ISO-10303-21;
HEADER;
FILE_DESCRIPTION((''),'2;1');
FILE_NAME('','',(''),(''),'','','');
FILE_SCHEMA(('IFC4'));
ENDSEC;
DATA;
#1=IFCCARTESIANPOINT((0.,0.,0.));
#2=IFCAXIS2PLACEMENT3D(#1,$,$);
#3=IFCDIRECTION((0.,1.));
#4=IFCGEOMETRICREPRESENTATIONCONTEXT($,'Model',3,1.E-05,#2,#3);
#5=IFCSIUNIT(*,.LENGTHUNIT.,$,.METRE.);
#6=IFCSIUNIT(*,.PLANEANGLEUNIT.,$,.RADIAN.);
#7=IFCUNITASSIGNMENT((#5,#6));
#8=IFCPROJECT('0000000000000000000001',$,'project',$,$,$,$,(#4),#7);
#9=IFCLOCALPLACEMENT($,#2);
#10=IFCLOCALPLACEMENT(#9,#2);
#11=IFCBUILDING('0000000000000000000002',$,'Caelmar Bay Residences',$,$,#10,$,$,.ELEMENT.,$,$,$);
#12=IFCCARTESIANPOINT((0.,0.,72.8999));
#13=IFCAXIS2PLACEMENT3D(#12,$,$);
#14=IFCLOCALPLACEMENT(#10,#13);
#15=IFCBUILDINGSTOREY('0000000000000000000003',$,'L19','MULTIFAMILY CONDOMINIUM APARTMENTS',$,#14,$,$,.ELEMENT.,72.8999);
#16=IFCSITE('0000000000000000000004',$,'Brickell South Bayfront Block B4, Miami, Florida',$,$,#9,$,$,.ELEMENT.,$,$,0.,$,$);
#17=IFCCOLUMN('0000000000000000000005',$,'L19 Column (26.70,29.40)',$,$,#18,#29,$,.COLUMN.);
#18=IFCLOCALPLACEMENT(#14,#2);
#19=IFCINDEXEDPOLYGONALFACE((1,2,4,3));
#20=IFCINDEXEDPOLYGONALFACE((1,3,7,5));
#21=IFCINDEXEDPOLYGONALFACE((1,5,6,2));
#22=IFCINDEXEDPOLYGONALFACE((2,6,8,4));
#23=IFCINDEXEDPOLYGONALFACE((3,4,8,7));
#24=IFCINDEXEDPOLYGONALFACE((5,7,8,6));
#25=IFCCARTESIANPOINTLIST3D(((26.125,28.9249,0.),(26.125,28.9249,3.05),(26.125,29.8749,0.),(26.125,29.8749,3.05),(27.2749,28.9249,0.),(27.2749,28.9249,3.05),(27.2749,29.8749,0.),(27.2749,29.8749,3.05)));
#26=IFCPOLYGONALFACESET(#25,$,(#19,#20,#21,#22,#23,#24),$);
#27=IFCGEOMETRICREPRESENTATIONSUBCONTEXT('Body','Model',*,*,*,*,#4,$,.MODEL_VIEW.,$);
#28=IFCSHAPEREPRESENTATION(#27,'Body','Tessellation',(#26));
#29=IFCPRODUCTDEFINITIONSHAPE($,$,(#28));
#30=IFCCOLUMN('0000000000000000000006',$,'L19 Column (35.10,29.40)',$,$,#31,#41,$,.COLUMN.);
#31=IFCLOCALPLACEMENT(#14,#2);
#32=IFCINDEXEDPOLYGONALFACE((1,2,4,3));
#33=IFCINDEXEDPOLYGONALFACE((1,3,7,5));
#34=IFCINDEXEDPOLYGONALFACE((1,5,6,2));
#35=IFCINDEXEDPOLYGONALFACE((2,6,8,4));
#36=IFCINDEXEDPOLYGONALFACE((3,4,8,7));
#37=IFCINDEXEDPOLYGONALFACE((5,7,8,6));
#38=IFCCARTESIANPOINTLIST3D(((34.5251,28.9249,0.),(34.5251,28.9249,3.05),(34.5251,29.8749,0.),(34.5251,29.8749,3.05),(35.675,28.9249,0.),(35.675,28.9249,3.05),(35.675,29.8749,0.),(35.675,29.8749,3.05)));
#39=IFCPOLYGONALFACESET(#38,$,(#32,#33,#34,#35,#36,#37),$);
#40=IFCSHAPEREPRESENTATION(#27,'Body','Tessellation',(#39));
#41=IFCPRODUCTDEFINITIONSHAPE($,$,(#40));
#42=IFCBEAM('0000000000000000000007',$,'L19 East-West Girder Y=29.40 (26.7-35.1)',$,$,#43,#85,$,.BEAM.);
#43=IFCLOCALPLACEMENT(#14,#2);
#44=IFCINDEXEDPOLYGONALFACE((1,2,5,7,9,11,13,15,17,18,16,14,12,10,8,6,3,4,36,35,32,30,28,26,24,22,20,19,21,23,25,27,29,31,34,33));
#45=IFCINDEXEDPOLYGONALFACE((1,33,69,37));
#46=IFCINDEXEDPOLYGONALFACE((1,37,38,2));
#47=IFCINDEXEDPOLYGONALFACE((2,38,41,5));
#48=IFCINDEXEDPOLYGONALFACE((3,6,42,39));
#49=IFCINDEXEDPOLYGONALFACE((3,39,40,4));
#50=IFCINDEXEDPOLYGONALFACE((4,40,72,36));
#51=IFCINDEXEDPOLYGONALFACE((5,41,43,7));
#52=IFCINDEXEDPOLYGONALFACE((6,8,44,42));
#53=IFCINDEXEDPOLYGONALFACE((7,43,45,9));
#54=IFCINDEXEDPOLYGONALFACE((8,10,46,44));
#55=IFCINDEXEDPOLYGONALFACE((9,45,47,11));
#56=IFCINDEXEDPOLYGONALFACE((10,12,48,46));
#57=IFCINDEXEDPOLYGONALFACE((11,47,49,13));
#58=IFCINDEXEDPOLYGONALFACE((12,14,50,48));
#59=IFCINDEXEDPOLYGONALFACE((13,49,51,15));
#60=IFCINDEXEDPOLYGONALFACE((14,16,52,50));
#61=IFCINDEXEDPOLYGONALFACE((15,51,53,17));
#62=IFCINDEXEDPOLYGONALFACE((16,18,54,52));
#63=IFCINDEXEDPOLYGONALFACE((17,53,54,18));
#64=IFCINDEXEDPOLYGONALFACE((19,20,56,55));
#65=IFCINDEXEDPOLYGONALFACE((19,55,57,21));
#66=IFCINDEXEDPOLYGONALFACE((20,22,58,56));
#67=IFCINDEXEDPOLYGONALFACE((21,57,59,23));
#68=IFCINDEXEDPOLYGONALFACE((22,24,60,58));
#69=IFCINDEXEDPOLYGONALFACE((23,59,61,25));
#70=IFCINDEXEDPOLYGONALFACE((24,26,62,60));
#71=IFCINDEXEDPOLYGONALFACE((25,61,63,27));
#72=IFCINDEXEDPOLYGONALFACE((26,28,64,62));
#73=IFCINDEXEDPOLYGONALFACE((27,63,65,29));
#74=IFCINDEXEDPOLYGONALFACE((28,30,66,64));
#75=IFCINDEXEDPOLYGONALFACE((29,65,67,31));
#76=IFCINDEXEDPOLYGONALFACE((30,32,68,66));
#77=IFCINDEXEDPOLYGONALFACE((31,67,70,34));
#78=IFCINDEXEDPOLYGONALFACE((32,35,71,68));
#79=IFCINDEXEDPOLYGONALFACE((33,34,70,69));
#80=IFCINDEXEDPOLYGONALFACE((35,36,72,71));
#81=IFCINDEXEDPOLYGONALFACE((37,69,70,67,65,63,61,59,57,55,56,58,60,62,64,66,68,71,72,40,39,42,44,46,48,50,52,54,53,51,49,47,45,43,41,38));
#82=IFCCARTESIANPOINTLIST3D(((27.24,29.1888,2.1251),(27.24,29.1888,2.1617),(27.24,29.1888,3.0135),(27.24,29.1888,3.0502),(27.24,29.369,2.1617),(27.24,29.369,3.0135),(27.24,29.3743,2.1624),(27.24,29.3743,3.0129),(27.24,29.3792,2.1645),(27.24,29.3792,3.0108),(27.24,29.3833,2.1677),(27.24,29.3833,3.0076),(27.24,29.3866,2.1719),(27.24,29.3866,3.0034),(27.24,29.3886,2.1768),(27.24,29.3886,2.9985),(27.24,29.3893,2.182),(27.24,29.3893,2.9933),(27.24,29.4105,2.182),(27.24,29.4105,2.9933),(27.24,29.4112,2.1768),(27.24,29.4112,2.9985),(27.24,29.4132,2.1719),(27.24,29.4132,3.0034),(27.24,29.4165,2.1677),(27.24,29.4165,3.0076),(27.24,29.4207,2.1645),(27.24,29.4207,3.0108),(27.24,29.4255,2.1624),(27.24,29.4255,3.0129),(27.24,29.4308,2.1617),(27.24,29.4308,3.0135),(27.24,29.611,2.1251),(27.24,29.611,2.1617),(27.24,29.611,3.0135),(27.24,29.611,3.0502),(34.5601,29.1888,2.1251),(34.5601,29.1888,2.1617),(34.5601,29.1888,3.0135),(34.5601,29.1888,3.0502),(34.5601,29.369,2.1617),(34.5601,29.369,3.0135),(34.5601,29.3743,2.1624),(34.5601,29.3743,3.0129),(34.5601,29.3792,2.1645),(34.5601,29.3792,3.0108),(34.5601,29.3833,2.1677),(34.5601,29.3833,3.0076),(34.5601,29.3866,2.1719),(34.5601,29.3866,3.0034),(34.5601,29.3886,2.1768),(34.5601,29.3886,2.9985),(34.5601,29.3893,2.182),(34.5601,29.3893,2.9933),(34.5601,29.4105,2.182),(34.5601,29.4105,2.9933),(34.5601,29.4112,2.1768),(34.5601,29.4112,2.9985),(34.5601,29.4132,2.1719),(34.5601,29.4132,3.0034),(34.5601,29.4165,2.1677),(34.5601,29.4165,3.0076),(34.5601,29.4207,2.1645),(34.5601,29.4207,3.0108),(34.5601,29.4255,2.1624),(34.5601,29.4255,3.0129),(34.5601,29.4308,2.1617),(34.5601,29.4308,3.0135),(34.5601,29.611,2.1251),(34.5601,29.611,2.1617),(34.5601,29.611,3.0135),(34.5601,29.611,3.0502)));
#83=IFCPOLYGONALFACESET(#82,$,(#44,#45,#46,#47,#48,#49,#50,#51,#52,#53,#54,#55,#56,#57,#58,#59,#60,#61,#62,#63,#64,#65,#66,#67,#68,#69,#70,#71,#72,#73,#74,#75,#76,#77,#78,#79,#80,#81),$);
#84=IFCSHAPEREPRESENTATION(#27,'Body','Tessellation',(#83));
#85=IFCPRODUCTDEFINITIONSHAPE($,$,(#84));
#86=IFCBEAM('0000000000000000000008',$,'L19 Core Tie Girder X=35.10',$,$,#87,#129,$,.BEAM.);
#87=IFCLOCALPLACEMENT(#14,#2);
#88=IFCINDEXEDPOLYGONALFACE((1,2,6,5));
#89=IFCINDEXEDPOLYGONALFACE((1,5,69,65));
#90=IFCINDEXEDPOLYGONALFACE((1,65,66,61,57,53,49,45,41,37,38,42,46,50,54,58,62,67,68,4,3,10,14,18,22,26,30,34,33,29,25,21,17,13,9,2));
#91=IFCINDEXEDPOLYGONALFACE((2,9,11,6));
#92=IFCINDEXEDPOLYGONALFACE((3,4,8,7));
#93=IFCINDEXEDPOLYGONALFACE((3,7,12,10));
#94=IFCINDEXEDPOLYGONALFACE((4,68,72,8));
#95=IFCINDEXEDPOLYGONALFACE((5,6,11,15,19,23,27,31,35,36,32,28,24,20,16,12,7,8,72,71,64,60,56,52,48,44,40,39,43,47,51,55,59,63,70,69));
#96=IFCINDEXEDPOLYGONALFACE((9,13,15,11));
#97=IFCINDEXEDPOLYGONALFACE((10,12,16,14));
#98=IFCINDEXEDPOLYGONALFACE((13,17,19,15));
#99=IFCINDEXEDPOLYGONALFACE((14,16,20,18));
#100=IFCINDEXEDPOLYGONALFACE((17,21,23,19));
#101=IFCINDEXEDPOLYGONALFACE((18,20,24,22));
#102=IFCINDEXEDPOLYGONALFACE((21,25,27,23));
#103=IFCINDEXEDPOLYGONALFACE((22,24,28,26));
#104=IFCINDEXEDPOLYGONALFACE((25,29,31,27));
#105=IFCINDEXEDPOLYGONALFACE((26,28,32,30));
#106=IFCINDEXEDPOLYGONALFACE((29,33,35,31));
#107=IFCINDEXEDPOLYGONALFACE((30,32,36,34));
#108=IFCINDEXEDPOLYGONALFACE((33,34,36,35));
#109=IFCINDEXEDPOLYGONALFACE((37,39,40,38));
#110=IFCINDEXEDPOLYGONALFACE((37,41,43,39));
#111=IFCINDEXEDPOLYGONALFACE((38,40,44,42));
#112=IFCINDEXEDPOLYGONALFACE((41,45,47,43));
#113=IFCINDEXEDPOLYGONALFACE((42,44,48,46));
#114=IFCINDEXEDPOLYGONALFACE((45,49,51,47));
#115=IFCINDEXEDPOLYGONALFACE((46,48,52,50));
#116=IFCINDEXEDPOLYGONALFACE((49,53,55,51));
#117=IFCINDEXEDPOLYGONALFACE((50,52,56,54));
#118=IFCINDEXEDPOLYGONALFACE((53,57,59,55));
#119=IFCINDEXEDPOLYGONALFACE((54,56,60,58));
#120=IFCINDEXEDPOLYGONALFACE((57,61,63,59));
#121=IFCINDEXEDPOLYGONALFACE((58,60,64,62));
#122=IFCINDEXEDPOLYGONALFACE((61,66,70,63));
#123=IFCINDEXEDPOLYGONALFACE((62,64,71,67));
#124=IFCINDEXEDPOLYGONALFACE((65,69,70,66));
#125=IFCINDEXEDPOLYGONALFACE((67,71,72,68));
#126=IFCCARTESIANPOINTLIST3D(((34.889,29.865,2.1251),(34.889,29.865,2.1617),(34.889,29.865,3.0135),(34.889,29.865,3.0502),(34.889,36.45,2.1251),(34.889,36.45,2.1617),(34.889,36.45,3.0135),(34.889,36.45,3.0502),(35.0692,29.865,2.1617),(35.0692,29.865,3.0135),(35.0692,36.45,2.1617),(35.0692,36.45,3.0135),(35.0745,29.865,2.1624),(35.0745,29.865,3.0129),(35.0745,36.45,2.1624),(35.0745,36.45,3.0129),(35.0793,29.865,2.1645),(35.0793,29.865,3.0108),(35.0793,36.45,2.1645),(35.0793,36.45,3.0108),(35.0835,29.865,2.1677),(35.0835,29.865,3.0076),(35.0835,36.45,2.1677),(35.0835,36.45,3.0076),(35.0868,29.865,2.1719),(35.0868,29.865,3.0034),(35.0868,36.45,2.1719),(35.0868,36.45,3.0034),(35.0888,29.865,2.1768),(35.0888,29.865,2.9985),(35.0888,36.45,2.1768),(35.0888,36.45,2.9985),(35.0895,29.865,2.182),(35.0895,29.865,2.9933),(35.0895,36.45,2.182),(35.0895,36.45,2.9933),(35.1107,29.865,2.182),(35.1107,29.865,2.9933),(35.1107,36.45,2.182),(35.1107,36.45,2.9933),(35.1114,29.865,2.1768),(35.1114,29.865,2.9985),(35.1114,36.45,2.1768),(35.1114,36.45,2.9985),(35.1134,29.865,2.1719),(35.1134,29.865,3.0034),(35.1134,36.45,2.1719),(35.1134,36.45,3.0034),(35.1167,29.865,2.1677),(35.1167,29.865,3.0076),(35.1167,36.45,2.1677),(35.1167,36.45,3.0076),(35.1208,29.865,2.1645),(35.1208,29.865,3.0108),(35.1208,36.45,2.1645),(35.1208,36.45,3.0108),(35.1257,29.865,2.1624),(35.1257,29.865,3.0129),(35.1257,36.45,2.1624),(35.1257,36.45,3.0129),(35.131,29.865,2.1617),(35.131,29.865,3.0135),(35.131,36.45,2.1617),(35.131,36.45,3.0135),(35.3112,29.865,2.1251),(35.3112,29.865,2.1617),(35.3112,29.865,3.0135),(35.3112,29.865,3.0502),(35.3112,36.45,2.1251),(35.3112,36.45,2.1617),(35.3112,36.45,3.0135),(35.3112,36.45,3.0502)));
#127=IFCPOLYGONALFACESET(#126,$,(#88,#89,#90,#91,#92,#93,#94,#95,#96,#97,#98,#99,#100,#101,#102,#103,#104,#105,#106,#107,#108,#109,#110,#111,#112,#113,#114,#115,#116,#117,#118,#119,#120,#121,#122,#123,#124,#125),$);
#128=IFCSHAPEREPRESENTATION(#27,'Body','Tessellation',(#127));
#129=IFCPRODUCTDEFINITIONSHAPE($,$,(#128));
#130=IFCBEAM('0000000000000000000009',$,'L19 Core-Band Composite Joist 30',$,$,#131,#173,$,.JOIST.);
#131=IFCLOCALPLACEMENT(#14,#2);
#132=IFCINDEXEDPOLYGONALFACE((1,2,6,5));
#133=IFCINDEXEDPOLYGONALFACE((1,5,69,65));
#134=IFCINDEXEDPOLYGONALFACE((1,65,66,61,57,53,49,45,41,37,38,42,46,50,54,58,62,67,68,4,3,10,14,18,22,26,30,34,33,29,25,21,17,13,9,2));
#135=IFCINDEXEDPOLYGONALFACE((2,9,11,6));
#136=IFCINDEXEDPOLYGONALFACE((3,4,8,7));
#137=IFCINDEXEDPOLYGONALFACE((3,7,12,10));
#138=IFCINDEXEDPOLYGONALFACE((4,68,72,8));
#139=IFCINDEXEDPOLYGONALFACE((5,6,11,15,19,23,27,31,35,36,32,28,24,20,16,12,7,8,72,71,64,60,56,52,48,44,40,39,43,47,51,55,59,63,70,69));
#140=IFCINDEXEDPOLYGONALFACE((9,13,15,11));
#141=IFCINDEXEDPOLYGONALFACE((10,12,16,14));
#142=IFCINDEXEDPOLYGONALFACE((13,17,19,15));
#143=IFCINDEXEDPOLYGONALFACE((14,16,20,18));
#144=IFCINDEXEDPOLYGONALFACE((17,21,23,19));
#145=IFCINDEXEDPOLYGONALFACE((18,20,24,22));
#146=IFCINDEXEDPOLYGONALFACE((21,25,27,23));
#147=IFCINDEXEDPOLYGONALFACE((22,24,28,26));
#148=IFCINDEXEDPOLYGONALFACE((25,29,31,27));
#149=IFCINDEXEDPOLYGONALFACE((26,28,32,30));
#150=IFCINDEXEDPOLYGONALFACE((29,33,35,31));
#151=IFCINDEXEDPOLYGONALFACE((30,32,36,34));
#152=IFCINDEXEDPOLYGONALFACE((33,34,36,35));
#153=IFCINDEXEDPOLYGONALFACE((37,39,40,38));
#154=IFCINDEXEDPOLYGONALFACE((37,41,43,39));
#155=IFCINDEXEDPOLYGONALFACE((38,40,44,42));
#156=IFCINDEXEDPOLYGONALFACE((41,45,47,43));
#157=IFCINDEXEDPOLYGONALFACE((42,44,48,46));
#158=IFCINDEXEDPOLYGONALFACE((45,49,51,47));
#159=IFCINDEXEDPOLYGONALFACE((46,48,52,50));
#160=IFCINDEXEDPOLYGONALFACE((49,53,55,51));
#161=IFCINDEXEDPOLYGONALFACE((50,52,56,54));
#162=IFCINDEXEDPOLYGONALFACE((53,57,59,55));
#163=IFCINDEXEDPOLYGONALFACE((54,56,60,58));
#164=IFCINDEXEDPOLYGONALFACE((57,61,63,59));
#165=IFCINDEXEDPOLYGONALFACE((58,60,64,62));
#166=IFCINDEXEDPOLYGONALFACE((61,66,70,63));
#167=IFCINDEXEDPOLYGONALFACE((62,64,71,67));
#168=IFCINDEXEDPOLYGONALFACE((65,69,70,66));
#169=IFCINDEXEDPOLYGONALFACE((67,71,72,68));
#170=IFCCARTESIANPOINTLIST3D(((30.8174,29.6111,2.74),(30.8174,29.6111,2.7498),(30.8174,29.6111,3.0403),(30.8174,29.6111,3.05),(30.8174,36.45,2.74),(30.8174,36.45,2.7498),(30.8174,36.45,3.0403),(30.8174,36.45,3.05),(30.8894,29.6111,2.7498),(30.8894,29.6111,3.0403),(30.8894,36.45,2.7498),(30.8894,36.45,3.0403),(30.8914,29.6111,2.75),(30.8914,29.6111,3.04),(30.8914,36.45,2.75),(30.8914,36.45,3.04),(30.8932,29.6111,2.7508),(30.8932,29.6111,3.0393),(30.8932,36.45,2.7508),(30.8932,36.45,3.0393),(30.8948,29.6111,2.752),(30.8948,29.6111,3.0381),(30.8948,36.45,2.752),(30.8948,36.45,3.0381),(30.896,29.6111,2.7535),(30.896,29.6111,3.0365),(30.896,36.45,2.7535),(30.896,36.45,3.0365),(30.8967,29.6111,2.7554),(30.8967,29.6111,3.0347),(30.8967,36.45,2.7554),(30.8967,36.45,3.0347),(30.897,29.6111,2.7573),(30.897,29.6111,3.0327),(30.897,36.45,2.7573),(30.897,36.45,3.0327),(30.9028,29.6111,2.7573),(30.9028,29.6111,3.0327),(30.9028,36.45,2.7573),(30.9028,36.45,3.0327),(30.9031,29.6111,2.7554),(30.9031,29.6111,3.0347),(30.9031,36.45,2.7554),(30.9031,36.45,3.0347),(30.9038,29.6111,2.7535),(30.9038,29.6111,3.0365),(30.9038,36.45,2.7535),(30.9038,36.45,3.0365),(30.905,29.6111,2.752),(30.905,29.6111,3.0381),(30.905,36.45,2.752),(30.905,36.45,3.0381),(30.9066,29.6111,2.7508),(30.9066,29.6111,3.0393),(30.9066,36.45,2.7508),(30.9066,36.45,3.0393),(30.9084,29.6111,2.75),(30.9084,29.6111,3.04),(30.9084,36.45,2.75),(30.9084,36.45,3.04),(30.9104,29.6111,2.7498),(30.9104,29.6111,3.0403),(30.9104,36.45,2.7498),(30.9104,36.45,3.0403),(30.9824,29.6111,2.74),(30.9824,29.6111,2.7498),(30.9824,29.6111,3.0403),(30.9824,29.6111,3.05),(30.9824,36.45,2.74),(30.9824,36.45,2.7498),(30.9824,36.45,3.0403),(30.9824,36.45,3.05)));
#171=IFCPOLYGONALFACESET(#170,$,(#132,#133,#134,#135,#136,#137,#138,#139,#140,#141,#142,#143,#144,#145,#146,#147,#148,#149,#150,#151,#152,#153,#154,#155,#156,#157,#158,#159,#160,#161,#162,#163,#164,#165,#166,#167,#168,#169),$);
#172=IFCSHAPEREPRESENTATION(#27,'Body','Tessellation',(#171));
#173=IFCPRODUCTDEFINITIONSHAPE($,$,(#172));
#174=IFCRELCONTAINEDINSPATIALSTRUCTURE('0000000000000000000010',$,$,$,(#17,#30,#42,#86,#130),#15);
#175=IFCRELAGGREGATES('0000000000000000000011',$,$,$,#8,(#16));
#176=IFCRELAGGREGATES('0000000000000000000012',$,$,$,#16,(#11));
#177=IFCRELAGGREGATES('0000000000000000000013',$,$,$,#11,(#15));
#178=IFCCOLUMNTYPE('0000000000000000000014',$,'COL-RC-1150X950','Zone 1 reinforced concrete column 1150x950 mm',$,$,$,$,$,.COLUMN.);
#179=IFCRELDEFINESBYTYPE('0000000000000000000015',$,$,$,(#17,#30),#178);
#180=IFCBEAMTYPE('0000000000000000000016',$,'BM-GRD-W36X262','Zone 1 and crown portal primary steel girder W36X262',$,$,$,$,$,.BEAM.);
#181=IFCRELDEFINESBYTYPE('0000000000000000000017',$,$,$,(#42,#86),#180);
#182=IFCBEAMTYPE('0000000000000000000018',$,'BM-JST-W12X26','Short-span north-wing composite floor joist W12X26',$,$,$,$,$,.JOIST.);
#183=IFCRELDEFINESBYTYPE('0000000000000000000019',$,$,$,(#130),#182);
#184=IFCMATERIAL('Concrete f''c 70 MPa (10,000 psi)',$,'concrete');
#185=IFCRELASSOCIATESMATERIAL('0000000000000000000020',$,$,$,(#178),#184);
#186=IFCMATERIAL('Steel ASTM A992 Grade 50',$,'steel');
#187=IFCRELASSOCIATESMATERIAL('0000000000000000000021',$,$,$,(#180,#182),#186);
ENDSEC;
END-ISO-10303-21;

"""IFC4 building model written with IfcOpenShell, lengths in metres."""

from ifc_helpers import new_model, si_unit, direction, frame, origin, origin_2d, place, context, subcontext, project, spatial, rectangle, i_section, extrude, material, material_profile, profile_set, type_object, element, save


model = new_model("IFC4")

# Units and contexts
model_context = context("Model", 3, precision=1e-05, world=origin(), true_north=direction((0.0, 1.0)))
body_context = subcontext(model_context, "Body", "Model", "MODEL_VIEW")
ifc_project = project(units=[si_unit("LENGTHUNIT", "METRE"), si_unit("PLANEANGLEUNIT", "RADIAN")], contexts=[model_context])

# Site, building, storey
site_placement = place(None, origin())
site = spatial("IfcSite", under=ifc_project, at=site_placement, Name="Brickell South Bayfront Block B4, Miami, Florida", CompositionType="ELEMENT", RefElevation=0.0)
building_placement = place(site_placement, origin())
building = spatial("IfcBuilding", under=site, at=building_placement, Name="Caelmar Bay Residences", CompositionType="ELEMENT")
storey_placement = place(building_placement, frame((0.0, 0.0, 72.8999)))
storey = spatial("IfcBuildingStorey", under=building, at=storey_placement, Name="L19", Description="MULTIFAMILY CONDOMINIUM APARTMENTS", CompositionType="ELEMENT", Elevation=72.8999)

# Columns
ifc_material_1 = material(Name="Concrete f'c 70 MPa (10,000 psi)", Category="concrete")
ifc_material_profile_1 = material_profile(ifc_material_1, rectangle(XDim=1.1499, YDim=0.95, at=origin_2d()), Name="RC-COL-1150X950")
ifc_profile_set_1 = profile_set([ifc_material_profile_1], Name="Concrete f'c 70 MPa (10,000 psi)")
column_type = type_object("IfcColumnType", Name="COL-RC-1150X950", Description="Zone 1 reinforced concrete column 1150x950 mm", PredefinedType="COLUMN", material=ifc_profile_set_1)
for number, where, z_axis, x_axis, name in (
    (1, (26.7, 29.3999, 0.0), (0.0, 0.0, 1.0), (1.0, 0.0, 0.0), "L19 Column (26.70,29.40)"),
    (2, (35.1001, 29.3999, 0.0), (0.0, 0.0, 1.0), (1.0, 0.0, 0.0), "L19 Column (35.10,29.40)"),
):
    element("IfcColumn", number, at=place(storey_placement, frame(where, z_axis=z_axis, x_axis=x_axis)), inside=storey, type_object=column_type, Name=name, PredefinedType="COLUMN", context=body_context, shape_type="SweptSolid", body=[
        extrude(rectangle(XDim=1.1499, YDim=0.95, at=origin_2d()), origin(), (0.0, 0.0, 1.0), 3.05),
    ])

# Beams
ifc_material_2 = material(Name="Steel ASTM A992 Grade 50", Category="steel")
ifc_material_profile_2 = material_profile(ifc_material_2, i_section(OverallWidth=0.4221, OverallDepth=0.925, WebThickness=0.0212, FlangeThickness=0.0366, FilletRadius=0.0203, at=origin_2d()), Name="W36X262")
ifc_profile_set_2 = profile_set([ifc_material_profile_2], Name="Steel ASTM A992 Grade 50")
beam_type_1 = type_object("IfcBeamType", Name="BM-GRD-W36X262", Description="Zone 1 and crown portal primary steel girder W36X262", PredefinedType="BEAM", material=ifc_profile_set_2)
beam_1_placement = place(storey_placement, frame((27.24, 29.3999, 2.5876), z_axis=(1.0, 0.0, 0.0), x_axis=(0.0, 1.0, 0.0)))
element("IfcBeam", 3, at=beam_1_placement, inside=storey, type_object=beam_type_1, Name="L19 East-West Girder Y=29.40 (26.7-35.1)", PredefinedType="BEAM", context=body_context, shape_type="SweptSolid", body=[
    extrude(i_section(OverallWidth=0.4221, OverallDepth=0.925, WebThickness=0.0212, FlangeThickness=0.0366, FilletRadius=0.0203, at=origin_2d()), origin(), (0.0, 0.0, 1.0), 7.3201),
])
beam_2_placement = place(storey_placement, frame((35.1001, 29.865, 2.5876), z_axis=(0.0, 1.0, 0.0), x_axis=(-1.0, 0.0, 0.0)))
element("IfcBeam", 4, at=beam_2_placement, inside=storey, type_object=beam_type_1, Name="L19 Core Tie Girder X=35.10", PredefinedType="BEAM", context=body_context, shape_type="SweptSolid", body=[
    extrude(i_section(OverallWidth=0.4221, OverallDepth=0.925, WebThickness=0.0212, FlangeThickness=0.0366, FilletRadius=0.0203, at=origin_2d()), origin(), (0.0, 0.0, 1.0), 6.585),
])
ifc_material_profile_3 = material_profile(ifc_material_2, i_section(OverallWidth=0.165, OverallDepth=0.3101, WebThickness=0.0059, FlangeThickness=0.0098, FilletRadius=0.0076, at=origin_2d()), Name="W12X26")
ifc_profile_set_3 = profile_set([ifc_material_profile_3], Name="Steel ASTM A992 Grade 50")
beam_type_2 = type_object("IfcBeamType", Name="BM-JST-W12X26", Description="Short-span north-wing composite floor joist W12X26", PredefinedType="JOIST", material=ifc_profile_set_3)
beam_3_placement = place(storey_placement, frame((30.8999, 29.6111, 2.895), z_axis=(0.0, 1.0, 0.0), x_axis=(-1.0, 0.0, 0.0)))
element("IfcBeam", 5, at=beam_3_placement, inside=storey, type_object=beam_type_2, Name="L19 Core-Band Composite Joist 30", PredefinedType="JOIST", context=body_context, shape_type="SweptSolid", body=[
    extrude(i_section(OverallWidth=0.165, OverallDepth=0.3101, WebThickness=0.0059, FlangeThickness=0.0098, FilletRadius=0.0076, at=origin_2d()), origin(), (0.0, 0.0, 1.0), 6.8389),
])

save(model, "model.ifc")
